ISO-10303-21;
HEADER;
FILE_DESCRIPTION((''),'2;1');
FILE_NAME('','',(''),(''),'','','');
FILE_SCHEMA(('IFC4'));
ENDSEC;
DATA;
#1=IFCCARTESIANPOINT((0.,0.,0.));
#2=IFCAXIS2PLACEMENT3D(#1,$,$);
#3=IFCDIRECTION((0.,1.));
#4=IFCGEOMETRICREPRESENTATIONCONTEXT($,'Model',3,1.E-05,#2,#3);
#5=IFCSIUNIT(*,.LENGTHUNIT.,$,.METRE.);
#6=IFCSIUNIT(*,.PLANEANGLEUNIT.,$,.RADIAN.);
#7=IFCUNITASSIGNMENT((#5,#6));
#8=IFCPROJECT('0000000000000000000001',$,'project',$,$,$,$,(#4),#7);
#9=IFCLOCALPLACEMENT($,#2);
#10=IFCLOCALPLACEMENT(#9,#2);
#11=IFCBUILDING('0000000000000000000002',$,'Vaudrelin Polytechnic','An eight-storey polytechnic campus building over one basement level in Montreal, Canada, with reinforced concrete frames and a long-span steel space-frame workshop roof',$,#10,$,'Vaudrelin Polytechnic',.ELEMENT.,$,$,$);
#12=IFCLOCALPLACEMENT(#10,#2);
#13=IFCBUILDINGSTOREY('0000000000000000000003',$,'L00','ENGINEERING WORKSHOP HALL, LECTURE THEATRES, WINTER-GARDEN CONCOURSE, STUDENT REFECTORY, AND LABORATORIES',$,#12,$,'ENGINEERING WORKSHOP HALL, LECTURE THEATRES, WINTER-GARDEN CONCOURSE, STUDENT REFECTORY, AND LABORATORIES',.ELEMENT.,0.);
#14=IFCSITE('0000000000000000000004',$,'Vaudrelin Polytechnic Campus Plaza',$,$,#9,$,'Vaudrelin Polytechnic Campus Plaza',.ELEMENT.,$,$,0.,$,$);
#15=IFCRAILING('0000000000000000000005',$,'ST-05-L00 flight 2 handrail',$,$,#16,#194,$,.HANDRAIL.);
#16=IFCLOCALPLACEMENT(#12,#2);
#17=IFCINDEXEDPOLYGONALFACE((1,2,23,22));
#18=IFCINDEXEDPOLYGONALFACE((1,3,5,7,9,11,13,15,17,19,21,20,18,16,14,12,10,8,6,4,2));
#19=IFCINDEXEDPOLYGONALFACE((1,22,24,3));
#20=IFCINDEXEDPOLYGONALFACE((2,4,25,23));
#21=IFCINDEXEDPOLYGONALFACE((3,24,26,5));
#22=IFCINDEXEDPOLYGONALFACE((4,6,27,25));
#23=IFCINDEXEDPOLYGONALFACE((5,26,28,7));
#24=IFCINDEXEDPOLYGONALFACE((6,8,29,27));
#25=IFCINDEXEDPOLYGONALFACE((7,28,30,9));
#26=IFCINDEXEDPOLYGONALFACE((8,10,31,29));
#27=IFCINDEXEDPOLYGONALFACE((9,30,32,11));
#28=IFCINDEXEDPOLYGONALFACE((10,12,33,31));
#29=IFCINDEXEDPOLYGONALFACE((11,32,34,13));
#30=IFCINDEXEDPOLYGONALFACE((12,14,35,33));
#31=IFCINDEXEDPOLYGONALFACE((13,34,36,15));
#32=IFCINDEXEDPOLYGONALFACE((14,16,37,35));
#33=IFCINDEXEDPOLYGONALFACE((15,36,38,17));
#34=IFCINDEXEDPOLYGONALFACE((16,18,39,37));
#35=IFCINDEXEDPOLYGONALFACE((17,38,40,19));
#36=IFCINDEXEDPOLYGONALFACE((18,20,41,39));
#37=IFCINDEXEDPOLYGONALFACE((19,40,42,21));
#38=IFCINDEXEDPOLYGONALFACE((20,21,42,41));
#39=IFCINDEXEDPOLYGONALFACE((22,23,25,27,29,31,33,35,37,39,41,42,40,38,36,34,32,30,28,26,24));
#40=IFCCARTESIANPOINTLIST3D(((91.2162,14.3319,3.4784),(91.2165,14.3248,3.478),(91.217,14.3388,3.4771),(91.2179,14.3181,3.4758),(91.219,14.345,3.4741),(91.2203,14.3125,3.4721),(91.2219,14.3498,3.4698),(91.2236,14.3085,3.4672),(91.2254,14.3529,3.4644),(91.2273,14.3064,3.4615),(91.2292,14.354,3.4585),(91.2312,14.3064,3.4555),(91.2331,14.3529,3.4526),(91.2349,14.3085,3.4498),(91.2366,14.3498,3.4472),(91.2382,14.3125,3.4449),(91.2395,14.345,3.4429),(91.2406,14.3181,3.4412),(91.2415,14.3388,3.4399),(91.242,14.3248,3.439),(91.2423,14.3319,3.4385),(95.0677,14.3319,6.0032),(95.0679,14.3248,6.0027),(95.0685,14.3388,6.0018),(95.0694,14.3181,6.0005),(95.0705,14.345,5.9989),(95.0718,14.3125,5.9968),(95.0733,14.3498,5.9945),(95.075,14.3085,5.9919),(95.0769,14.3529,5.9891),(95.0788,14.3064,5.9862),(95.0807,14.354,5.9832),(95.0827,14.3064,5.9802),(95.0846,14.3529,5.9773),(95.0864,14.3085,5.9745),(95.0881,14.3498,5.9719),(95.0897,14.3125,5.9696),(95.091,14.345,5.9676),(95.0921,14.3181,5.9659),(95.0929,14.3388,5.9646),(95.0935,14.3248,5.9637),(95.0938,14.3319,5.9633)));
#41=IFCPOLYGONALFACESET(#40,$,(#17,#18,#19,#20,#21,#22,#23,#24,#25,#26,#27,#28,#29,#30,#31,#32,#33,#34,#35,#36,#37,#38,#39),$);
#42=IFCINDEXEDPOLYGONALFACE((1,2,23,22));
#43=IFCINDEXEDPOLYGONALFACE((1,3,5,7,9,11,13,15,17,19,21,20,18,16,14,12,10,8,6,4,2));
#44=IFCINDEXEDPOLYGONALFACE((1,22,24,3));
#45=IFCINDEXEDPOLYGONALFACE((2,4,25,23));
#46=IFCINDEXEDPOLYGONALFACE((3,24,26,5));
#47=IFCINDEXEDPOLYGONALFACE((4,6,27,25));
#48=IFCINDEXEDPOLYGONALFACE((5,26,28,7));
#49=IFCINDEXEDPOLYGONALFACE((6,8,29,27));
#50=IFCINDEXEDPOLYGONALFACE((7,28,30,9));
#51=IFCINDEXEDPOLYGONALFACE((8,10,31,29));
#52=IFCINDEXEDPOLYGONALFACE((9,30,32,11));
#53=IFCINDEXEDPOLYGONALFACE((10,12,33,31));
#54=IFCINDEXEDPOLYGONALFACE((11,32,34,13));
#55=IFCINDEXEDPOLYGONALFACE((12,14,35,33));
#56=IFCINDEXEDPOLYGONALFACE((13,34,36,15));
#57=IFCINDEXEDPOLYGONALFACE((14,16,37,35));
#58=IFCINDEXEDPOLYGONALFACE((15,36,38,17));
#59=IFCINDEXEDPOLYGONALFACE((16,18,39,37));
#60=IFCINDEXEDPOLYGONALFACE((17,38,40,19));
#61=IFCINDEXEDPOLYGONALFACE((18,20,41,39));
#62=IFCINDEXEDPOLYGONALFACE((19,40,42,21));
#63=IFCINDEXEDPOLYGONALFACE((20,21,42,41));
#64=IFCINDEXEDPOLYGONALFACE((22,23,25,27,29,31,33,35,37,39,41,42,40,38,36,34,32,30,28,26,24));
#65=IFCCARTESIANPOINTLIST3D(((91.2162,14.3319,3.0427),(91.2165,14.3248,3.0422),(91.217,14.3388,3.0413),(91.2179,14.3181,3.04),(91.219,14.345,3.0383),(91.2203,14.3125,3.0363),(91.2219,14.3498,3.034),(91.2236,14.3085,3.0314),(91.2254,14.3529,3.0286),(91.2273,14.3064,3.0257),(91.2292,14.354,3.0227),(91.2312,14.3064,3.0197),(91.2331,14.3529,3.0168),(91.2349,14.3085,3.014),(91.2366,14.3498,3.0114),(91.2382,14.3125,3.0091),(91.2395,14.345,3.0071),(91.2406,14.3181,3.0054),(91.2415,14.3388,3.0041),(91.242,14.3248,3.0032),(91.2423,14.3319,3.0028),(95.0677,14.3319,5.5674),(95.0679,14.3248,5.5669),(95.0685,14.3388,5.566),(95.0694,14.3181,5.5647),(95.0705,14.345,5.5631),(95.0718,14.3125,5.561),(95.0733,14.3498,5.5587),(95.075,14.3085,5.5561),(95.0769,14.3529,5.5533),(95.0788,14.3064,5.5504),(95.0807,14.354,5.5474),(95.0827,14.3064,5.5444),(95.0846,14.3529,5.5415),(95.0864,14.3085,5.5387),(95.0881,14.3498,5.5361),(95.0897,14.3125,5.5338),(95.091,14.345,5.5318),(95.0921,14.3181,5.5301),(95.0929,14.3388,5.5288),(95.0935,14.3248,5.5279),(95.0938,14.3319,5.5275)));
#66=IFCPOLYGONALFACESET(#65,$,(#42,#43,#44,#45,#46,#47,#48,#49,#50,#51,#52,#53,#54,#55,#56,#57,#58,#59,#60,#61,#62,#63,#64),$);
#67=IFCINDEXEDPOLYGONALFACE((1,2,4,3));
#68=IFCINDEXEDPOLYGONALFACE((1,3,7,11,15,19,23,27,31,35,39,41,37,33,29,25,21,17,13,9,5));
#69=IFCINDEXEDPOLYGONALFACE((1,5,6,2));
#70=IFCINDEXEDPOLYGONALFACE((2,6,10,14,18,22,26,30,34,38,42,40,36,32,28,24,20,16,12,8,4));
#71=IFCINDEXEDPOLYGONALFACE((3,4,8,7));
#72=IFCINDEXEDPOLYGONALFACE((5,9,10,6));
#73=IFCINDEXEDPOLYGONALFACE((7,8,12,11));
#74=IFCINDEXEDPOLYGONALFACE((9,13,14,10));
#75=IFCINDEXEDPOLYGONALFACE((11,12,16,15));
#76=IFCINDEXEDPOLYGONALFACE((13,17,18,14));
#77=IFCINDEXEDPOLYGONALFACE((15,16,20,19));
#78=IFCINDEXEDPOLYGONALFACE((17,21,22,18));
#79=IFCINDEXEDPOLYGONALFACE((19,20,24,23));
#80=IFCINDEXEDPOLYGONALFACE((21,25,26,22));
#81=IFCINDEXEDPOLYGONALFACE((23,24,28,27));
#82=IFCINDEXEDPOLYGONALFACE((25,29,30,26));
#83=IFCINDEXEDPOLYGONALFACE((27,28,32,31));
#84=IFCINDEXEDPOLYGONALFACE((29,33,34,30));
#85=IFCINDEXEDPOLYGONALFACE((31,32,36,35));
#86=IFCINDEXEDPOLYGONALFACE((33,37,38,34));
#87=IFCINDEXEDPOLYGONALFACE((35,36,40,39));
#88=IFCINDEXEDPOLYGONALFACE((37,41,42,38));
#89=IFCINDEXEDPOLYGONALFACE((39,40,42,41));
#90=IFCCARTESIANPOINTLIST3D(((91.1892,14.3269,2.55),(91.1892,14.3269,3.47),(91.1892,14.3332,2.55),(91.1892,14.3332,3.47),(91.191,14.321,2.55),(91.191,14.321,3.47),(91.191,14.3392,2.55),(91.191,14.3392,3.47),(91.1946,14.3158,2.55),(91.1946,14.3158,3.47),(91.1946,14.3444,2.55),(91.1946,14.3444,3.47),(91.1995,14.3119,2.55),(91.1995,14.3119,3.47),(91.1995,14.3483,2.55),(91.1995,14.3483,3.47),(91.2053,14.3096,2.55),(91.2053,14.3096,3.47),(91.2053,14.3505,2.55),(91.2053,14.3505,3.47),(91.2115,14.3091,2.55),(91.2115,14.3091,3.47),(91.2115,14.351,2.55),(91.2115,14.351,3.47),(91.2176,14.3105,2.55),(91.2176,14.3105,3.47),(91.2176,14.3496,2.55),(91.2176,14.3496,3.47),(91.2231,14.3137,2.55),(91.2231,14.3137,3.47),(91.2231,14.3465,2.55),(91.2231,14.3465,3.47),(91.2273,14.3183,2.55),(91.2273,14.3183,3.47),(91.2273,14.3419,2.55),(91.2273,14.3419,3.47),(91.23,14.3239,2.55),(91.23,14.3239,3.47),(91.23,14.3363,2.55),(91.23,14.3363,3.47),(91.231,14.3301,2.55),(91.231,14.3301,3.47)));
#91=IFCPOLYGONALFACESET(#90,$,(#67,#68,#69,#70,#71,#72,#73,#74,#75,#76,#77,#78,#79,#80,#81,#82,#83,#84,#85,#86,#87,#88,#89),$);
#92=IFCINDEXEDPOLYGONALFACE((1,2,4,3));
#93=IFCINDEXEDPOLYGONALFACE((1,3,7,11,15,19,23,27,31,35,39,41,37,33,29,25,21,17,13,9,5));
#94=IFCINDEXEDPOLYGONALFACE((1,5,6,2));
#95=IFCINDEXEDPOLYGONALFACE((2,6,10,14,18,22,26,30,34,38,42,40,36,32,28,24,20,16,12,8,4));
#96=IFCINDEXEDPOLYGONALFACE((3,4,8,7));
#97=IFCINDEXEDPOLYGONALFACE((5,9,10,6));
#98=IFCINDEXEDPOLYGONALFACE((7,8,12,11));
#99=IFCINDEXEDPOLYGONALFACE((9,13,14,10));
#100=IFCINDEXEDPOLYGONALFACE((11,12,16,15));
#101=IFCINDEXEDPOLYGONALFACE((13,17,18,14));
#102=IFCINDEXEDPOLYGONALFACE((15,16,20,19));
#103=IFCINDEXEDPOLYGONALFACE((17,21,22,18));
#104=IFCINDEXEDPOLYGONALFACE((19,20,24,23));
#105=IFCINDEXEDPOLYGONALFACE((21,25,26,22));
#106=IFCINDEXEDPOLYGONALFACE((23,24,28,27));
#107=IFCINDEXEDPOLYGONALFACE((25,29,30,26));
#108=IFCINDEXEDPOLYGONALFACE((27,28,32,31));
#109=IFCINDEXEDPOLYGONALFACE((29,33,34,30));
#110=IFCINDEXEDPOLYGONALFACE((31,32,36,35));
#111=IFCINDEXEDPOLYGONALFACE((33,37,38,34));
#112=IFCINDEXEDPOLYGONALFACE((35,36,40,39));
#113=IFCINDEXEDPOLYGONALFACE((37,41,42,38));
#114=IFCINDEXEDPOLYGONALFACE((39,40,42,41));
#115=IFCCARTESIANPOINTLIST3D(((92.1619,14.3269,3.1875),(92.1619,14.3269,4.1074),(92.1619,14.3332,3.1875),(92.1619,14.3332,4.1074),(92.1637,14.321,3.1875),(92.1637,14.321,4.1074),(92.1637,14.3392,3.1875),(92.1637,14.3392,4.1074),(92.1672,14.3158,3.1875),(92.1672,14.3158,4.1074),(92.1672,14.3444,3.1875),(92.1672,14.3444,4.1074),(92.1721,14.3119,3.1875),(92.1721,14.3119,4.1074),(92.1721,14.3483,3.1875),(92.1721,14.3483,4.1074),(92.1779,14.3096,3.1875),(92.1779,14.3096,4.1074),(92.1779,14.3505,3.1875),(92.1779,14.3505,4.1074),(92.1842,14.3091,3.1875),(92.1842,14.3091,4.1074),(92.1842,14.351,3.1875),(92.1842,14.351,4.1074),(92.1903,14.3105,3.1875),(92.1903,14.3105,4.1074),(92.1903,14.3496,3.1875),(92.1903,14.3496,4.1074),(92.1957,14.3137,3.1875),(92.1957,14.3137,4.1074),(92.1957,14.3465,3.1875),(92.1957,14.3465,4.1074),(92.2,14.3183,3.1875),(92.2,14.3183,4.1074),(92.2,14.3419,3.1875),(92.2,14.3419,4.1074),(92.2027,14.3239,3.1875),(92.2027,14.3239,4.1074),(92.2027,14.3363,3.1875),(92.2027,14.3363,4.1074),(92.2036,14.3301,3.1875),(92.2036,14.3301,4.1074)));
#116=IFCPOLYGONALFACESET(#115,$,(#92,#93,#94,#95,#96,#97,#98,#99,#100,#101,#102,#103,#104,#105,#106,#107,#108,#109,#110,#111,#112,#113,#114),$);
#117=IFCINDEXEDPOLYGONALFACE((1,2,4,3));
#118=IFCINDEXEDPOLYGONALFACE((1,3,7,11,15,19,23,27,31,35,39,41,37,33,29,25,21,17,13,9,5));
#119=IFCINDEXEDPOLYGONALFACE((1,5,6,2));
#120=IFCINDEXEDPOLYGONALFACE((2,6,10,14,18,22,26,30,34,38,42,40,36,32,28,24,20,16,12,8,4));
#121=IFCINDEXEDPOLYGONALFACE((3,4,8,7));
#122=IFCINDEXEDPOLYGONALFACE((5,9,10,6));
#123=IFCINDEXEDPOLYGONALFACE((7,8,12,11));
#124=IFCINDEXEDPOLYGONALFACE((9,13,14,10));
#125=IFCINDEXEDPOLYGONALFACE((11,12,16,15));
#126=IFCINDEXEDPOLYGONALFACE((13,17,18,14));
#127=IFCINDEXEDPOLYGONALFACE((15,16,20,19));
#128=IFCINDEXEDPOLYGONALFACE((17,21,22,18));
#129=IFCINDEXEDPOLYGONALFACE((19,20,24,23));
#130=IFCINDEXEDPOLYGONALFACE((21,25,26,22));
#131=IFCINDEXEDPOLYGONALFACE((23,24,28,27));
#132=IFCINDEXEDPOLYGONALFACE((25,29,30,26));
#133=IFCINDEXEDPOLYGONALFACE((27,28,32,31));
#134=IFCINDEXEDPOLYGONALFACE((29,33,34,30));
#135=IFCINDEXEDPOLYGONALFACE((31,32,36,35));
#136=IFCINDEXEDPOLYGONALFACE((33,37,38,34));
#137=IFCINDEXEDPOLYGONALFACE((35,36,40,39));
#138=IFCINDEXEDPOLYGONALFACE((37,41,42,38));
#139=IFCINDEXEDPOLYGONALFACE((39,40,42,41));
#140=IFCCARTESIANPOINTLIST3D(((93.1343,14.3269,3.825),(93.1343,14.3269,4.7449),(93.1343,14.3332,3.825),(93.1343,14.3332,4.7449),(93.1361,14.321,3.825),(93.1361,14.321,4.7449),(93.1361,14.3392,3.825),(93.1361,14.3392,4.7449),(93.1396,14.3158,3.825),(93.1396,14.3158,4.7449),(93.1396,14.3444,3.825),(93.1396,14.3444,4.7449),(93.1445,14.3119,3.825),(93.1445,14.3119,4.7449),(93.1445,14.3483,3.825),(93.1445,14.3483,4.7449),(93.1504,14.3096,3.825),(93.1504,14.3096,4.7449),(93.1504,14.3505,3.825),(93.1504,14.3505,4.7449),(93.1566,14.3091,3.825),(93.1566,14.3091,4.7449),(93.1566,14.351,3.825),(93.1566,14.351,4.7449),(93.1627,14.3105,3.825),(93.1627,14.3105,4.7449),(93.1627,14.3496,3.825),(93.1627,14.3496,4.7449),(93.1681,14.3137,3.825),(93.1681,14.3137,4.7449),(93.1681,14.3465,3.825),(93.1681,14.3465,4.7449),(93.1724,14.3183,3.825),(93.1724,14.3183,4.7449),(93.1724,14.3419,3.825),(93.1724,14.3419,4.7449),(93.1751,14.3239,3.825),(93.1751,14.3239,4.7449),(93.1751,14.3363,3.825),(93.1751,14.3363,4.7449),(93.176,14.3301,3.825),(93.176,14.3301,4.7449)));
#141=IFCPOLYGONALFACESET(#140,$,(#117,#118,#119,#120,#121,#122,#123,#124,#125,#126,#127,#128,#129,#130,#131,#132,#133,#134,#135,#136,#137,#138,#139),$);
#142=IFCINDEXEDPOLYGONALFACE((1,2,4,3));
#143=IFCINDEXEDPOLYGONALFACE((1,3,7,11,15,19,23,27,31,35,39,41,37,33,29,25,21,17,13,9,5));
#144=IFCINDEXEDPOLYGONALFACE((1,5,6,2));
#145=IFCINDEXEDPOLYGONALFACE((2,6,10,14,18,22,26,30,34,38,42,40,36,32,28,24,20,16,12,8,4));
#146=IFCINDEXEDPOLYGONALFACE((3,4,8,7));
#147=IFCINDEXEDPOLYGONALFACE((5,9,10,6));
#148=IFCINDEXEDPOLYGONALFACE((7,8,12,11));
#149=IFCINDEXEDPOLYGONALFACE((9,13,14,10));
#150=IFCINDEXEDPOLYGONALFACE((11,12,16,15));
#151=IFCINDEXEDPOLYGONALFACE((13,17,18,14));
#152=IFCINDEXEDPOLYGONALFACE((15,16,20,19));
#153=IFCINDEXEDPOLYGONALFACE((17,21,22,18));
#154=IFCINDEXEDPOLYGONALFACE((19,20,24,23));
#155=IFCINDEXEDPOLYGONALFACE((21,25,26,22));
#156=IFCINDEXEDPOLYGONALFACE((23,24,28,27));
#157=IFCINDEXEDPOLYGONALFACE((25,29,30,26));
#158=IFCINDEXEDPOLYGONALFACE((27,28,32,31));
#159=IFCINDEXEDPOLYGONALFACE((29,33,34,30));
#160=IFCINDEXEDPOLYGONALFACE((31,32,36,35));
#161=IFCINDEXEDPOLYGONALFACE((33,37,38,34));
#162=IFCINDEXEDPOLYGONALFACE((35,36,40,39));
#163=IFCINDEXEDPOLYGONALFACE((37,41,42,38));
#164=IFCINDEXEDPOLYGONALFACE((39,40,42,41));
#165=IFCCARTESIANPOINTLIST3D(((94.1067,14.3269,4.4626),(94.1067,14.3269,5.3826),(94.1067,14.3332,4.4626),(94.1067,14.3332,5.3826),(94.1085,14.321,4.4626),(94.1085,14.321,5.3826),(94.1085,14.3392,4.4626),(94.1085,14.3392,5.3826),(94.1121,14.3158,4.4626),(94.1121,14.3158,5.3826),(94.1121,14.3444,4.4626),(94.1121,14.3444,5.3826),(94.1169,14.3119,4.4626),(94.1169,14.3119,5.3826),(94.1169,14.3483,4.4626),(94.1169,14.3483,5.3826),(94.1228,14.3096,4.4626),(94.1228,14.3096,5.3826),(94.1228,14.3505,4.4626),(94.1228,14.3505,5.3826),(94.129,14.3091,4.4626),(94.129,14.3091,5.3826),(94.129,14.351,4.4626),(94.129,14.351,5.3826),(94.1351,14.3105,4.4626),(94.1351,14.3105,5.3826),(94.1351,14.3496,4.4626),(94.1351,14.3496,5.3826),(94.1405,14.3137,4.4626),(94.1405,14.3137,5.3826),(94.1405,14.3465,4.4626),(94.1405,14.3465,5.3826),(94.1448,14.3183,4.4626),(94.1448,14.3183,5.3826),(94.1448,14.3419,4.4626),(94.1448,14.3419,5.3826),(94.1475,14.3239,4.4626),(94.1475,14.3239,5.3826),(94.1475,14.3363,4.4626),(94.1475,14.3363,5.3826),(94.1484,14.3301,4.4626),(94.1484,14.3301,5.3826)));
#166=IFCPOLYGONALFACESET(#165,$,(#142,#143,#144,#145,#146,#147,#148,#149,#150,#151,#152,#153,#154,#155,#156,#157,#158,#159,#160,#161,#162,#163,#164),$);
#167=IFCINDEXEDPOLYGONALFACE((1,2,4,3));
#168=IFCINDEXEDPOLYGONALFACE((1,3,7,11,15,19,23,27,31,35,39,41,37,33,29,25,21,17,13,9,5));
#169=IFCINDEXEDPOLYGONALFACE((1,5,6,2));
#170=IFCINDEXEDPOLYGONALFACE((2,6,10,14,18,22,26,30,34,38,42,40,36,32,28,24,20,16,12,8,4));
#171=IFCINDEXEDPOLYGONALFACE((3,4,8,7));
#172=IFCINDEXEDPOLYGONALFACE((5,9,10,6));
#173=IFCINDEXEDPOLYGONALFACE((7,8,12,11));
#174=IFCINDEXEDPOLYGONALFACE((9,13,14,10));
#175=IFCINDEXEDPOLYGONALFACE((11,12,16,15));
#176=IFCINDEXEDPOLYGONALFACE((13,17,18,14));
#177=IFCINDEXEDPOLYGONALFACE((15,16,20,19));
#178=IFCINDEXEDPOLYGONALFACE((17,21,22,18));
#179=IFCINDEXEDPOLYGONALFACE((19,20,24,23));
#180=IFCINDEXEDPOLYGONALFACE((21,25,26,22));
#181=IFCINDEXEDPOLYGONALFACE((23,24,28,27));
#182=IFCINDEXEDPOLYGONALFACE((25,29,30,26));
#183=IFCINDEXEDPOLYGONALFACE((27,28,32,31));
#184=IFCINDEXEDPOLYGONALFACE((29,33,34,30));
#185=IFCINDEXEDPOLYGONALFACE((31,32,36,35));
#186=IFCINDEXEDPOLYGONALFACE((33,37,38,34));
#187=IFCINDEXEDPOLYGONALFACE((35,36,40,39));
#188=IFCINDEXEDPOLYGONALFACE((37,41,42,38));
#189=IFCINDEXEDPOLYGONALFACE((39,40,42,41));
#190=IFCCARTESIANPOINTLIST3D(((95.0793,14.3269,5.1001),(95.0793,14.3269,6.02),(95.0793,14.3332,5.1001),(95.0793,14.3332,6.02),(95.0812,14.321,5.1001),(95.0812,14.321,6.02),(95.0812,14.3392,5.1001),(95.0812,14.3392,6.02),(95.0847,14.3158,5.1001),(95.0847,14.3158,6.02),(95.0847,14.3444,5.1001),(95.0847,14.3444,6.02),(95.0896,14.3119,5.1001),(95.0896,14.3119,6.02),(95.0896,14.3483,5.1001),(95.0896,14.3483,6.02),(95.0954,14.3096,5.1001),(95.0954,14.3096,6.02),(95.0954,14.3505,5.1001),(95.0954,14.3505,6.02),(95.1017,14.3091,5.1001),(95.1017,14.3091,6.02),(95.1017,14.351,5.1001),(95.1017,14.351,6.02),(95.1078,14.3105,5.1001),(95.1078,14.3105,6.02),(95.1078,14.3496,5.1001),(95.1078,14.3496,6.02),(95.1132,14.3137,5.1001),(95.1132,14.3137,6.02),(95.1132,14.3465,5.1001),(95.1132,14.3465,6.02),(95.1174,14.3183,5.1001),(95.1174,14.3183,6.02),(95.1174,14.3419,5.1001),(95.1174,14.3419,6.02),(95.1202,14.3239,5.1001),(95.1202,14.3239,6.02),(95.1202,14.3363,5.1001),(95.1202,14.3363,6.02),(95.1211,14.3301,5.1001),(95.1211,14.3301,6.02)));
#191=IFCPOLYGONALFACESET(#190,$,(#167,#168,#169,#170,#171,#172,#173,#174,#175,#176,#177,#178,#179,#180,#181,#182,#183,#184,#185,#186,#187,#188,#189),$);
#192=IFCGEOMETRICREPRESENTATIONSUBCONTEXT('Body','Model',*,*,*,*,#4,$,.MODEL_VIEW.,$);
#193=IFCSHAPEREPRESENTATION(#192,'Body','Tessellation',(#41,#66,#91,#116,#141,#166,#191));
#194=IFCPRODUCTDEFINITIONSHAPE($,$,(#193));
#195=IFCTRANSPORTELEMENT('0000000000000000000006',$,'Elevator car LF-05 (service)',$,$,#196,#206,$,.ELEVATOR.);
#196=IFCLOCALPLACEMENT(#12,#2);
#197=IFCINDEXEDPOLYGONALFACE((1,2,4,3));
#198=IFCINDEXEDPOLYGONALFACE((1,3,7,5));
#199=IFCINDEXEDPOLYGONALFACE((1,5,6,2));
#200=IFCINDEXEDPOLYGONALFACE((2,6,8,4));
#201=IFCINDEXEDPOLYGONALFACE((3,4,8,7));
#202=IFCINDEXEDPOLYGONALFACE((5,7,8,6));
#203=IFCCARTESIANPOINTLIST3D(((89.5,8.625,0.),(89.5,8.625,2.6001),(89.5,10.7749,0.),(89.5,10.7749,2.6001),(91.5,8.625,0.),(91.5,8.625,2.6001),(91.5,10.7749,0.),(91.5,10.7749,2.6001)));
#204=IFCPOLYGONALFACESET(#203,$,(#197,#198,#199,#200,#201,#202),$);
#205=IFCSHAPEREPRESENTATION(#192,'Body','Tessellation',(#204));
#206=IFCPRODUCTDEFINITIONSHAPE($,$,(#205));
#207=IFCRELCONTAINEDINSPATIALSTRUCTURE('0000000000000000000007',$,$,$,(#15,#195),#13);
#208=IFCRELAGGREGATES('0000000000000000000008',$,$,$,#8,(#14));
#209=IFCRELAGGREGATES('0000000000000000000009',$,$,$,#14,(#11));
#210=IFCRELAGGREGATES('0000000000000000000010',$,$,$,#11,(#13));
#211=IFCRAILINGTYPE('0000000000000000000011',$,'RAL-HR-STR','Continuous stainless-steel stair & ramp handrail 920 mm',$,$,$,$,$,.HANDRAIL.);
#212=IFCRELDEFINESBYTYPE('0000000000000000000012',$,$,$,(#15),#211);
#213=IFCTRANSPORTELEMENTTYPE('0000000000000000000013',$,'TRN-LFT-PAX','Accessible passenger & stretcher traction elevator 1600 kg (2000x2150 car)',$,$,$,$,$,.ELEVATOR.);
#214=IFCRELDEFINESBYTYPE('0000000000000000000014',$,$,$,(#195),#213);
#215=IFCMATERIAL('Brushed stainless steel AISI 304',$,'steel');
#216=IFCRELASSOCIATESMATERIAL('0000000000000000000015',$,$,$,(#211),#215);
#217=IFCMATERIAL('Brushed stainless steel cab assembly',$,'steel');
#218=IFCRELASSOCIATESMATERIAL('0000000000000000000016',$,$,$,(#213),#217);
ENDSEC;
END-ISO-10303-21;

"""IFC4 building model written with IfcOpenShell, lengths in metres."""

from ifc_helpers import new_model, si_unit, direction, frame, origin, origin_2d, place, context, subcontext, project, spatial, rectangle, circle, extrude, material, type_object, element, save


model = new_model("IFC4")

# Units and contexts
model_context = context("Model", 3, precision=1e-05, world=origin(), true_north=direction((0.0, 1.0)))
body_context = subcontext(model_context, "Body", "Model", "MODEL_VIEW")
ifc_project = project(units=[si_unit("LENGTHUNIT", "METRE"), si_unit("PLANEANGLEUNIT", "RADIAN")], contexts=[model_context])

# Site, building, storey
site_placement = place(None, origin())
site = spatial("IfcSite", under=ifc_project, at=site_placement, Name="Vaudrelin Polytechnic Campus Plaza", LongName="Vaudrelin Polytechnic Campus Plaza", CompositionType="ELEMENT", RefElevation=0.0)
building_placement = place(site_placement, origin())
building = spatial("IfcBuilding", under=site, at=building_placement, Name="Vaudrelin Polytechnic", Description="An eight-storey polytechnic campus building over one basement level in Montreal, Canada, with reinforced concrete frames and a long-span steel space-frame workshop roof", LongName="Vaudrelin Polytechnic", CompositionType="ELEMENT")
storey_placement = place(building_placement, origin())
storey = spatial("IfcBuildingStorey", under=building, at=storey_placement, Name="L00", Description="ENGINEERING WORKSHOP HALL, LECTURE THEATRES, WINTER-GARDEN CONCOURSE, STUDENT REFECTORY, AND LABORATORIES", LongName="ENGINEERING WORKSHOP HALL, LECTURE THEATRES, WINTER-GARDEN CONCOURSE, STUDENT REFECTORY, AND LABORATORIES", CompositionType="ELEMENT", Elevation=0.0)

# Shared definitions
ifc_material_1 = material(Name="Brushed stainless steel AISI 304", Category="steel")

# Railing
railing_type_1 = type_object("IfcRailingType", Name="RAL-HR-STR", Description="Continuous stainless-steel stair & ramp handrail 920 mm", PredefinedType="HANDRAIL", material=ifc_material_1)
railing_1_placement = place(storey_placement, frame((91.21, 14.3301, 2.55)))
element("IfcRailing", 1, at=railing_1_placement, inside=storey, type_object=railing_type_1, Name="ST-05-L00 flight 2 handrail", PredefinedType="HANDRAIL", context=body_context, shape_type="SweptSolid", body=[
    extrude(circle(Radius=0.0239, at=origin_2d()), frame((0.0193, 0.0, 0.9084), z_axis=(0.836329, 0.0, 0.548228), x_axis=(0.0, 1.0, 0.0)), (0.0, 0.0, 1.0), 4.6052),
    extrude(circle(Radius=0.0239, at=origin_2d()), frame((0.0193, 0.0, 0.4727), z_axis=(0.836329, 0.0, 0.548228), x_axis=(0.0, 1.0, 0.0)), (0.0, 0.0, 1.0), 4.6052),
    extrude(circle(Radius=0.021, at=origin_2d()), origin(), (0.0, 0.0, 1.0), 0.9199),
    extrude(circle(Radius=0.021, at=origin_2d()), frame((0.9727, 0.0, 0.6375)), (0.0, 0.0, 1.0), 0.9199),
    extrude(circle(Radius=0.021, at=origin_2d()), frame((1.9451, 0.0, 1.2749)), (0.0, 0.0, 1.0), 0.9199),
    extrude(circle(Radius=0.021, at=origin_2d()), frame((2.9175, 0.0, 1.9126)), (0.0, 0.0, 1.0), 0.9199),
    extrude(circle(Radius=0.021, at=origin_2d()), frame((3.8901, 0.0, 2.55)), (0.0, 0.0, 1.0), 0.9199),
])

# Transport element
ifc_material_2 = material(Name="Brushed stainless steel cab assembly", Category="steel")
transport_element_type = type_object("IfcTransportElementType", Name="TRN-LFT-PAX", Description="Accessible passenger & stretcher traction elevator 1600 kg (2000x2150 car)", PredefinedType="ELEVATOR", material=ifc_material_2)
transport_element_placement = place(storey_placement, frame((90.5, 9.7, 0.0), z_axis=(0.0, 0.0, 1.0), x_axis=(1.0, 0.0, 0.0)))
element("IfcTransportElement", 2, at=transport_element_placement, inside=storey, type_object=transport_element_type, Name="Elevator car LF-05 (service)", PredefinedType="ELEVATOR", context=body_context, shape_type="SweptSolid", body=[
    extrude(rectangle(XDim=2.0, YDim=2.1499, at=origin_2d()), origin(), (0.0, 0.0, 1.0), 2.6001),
])

save(model, "model.ifc")
